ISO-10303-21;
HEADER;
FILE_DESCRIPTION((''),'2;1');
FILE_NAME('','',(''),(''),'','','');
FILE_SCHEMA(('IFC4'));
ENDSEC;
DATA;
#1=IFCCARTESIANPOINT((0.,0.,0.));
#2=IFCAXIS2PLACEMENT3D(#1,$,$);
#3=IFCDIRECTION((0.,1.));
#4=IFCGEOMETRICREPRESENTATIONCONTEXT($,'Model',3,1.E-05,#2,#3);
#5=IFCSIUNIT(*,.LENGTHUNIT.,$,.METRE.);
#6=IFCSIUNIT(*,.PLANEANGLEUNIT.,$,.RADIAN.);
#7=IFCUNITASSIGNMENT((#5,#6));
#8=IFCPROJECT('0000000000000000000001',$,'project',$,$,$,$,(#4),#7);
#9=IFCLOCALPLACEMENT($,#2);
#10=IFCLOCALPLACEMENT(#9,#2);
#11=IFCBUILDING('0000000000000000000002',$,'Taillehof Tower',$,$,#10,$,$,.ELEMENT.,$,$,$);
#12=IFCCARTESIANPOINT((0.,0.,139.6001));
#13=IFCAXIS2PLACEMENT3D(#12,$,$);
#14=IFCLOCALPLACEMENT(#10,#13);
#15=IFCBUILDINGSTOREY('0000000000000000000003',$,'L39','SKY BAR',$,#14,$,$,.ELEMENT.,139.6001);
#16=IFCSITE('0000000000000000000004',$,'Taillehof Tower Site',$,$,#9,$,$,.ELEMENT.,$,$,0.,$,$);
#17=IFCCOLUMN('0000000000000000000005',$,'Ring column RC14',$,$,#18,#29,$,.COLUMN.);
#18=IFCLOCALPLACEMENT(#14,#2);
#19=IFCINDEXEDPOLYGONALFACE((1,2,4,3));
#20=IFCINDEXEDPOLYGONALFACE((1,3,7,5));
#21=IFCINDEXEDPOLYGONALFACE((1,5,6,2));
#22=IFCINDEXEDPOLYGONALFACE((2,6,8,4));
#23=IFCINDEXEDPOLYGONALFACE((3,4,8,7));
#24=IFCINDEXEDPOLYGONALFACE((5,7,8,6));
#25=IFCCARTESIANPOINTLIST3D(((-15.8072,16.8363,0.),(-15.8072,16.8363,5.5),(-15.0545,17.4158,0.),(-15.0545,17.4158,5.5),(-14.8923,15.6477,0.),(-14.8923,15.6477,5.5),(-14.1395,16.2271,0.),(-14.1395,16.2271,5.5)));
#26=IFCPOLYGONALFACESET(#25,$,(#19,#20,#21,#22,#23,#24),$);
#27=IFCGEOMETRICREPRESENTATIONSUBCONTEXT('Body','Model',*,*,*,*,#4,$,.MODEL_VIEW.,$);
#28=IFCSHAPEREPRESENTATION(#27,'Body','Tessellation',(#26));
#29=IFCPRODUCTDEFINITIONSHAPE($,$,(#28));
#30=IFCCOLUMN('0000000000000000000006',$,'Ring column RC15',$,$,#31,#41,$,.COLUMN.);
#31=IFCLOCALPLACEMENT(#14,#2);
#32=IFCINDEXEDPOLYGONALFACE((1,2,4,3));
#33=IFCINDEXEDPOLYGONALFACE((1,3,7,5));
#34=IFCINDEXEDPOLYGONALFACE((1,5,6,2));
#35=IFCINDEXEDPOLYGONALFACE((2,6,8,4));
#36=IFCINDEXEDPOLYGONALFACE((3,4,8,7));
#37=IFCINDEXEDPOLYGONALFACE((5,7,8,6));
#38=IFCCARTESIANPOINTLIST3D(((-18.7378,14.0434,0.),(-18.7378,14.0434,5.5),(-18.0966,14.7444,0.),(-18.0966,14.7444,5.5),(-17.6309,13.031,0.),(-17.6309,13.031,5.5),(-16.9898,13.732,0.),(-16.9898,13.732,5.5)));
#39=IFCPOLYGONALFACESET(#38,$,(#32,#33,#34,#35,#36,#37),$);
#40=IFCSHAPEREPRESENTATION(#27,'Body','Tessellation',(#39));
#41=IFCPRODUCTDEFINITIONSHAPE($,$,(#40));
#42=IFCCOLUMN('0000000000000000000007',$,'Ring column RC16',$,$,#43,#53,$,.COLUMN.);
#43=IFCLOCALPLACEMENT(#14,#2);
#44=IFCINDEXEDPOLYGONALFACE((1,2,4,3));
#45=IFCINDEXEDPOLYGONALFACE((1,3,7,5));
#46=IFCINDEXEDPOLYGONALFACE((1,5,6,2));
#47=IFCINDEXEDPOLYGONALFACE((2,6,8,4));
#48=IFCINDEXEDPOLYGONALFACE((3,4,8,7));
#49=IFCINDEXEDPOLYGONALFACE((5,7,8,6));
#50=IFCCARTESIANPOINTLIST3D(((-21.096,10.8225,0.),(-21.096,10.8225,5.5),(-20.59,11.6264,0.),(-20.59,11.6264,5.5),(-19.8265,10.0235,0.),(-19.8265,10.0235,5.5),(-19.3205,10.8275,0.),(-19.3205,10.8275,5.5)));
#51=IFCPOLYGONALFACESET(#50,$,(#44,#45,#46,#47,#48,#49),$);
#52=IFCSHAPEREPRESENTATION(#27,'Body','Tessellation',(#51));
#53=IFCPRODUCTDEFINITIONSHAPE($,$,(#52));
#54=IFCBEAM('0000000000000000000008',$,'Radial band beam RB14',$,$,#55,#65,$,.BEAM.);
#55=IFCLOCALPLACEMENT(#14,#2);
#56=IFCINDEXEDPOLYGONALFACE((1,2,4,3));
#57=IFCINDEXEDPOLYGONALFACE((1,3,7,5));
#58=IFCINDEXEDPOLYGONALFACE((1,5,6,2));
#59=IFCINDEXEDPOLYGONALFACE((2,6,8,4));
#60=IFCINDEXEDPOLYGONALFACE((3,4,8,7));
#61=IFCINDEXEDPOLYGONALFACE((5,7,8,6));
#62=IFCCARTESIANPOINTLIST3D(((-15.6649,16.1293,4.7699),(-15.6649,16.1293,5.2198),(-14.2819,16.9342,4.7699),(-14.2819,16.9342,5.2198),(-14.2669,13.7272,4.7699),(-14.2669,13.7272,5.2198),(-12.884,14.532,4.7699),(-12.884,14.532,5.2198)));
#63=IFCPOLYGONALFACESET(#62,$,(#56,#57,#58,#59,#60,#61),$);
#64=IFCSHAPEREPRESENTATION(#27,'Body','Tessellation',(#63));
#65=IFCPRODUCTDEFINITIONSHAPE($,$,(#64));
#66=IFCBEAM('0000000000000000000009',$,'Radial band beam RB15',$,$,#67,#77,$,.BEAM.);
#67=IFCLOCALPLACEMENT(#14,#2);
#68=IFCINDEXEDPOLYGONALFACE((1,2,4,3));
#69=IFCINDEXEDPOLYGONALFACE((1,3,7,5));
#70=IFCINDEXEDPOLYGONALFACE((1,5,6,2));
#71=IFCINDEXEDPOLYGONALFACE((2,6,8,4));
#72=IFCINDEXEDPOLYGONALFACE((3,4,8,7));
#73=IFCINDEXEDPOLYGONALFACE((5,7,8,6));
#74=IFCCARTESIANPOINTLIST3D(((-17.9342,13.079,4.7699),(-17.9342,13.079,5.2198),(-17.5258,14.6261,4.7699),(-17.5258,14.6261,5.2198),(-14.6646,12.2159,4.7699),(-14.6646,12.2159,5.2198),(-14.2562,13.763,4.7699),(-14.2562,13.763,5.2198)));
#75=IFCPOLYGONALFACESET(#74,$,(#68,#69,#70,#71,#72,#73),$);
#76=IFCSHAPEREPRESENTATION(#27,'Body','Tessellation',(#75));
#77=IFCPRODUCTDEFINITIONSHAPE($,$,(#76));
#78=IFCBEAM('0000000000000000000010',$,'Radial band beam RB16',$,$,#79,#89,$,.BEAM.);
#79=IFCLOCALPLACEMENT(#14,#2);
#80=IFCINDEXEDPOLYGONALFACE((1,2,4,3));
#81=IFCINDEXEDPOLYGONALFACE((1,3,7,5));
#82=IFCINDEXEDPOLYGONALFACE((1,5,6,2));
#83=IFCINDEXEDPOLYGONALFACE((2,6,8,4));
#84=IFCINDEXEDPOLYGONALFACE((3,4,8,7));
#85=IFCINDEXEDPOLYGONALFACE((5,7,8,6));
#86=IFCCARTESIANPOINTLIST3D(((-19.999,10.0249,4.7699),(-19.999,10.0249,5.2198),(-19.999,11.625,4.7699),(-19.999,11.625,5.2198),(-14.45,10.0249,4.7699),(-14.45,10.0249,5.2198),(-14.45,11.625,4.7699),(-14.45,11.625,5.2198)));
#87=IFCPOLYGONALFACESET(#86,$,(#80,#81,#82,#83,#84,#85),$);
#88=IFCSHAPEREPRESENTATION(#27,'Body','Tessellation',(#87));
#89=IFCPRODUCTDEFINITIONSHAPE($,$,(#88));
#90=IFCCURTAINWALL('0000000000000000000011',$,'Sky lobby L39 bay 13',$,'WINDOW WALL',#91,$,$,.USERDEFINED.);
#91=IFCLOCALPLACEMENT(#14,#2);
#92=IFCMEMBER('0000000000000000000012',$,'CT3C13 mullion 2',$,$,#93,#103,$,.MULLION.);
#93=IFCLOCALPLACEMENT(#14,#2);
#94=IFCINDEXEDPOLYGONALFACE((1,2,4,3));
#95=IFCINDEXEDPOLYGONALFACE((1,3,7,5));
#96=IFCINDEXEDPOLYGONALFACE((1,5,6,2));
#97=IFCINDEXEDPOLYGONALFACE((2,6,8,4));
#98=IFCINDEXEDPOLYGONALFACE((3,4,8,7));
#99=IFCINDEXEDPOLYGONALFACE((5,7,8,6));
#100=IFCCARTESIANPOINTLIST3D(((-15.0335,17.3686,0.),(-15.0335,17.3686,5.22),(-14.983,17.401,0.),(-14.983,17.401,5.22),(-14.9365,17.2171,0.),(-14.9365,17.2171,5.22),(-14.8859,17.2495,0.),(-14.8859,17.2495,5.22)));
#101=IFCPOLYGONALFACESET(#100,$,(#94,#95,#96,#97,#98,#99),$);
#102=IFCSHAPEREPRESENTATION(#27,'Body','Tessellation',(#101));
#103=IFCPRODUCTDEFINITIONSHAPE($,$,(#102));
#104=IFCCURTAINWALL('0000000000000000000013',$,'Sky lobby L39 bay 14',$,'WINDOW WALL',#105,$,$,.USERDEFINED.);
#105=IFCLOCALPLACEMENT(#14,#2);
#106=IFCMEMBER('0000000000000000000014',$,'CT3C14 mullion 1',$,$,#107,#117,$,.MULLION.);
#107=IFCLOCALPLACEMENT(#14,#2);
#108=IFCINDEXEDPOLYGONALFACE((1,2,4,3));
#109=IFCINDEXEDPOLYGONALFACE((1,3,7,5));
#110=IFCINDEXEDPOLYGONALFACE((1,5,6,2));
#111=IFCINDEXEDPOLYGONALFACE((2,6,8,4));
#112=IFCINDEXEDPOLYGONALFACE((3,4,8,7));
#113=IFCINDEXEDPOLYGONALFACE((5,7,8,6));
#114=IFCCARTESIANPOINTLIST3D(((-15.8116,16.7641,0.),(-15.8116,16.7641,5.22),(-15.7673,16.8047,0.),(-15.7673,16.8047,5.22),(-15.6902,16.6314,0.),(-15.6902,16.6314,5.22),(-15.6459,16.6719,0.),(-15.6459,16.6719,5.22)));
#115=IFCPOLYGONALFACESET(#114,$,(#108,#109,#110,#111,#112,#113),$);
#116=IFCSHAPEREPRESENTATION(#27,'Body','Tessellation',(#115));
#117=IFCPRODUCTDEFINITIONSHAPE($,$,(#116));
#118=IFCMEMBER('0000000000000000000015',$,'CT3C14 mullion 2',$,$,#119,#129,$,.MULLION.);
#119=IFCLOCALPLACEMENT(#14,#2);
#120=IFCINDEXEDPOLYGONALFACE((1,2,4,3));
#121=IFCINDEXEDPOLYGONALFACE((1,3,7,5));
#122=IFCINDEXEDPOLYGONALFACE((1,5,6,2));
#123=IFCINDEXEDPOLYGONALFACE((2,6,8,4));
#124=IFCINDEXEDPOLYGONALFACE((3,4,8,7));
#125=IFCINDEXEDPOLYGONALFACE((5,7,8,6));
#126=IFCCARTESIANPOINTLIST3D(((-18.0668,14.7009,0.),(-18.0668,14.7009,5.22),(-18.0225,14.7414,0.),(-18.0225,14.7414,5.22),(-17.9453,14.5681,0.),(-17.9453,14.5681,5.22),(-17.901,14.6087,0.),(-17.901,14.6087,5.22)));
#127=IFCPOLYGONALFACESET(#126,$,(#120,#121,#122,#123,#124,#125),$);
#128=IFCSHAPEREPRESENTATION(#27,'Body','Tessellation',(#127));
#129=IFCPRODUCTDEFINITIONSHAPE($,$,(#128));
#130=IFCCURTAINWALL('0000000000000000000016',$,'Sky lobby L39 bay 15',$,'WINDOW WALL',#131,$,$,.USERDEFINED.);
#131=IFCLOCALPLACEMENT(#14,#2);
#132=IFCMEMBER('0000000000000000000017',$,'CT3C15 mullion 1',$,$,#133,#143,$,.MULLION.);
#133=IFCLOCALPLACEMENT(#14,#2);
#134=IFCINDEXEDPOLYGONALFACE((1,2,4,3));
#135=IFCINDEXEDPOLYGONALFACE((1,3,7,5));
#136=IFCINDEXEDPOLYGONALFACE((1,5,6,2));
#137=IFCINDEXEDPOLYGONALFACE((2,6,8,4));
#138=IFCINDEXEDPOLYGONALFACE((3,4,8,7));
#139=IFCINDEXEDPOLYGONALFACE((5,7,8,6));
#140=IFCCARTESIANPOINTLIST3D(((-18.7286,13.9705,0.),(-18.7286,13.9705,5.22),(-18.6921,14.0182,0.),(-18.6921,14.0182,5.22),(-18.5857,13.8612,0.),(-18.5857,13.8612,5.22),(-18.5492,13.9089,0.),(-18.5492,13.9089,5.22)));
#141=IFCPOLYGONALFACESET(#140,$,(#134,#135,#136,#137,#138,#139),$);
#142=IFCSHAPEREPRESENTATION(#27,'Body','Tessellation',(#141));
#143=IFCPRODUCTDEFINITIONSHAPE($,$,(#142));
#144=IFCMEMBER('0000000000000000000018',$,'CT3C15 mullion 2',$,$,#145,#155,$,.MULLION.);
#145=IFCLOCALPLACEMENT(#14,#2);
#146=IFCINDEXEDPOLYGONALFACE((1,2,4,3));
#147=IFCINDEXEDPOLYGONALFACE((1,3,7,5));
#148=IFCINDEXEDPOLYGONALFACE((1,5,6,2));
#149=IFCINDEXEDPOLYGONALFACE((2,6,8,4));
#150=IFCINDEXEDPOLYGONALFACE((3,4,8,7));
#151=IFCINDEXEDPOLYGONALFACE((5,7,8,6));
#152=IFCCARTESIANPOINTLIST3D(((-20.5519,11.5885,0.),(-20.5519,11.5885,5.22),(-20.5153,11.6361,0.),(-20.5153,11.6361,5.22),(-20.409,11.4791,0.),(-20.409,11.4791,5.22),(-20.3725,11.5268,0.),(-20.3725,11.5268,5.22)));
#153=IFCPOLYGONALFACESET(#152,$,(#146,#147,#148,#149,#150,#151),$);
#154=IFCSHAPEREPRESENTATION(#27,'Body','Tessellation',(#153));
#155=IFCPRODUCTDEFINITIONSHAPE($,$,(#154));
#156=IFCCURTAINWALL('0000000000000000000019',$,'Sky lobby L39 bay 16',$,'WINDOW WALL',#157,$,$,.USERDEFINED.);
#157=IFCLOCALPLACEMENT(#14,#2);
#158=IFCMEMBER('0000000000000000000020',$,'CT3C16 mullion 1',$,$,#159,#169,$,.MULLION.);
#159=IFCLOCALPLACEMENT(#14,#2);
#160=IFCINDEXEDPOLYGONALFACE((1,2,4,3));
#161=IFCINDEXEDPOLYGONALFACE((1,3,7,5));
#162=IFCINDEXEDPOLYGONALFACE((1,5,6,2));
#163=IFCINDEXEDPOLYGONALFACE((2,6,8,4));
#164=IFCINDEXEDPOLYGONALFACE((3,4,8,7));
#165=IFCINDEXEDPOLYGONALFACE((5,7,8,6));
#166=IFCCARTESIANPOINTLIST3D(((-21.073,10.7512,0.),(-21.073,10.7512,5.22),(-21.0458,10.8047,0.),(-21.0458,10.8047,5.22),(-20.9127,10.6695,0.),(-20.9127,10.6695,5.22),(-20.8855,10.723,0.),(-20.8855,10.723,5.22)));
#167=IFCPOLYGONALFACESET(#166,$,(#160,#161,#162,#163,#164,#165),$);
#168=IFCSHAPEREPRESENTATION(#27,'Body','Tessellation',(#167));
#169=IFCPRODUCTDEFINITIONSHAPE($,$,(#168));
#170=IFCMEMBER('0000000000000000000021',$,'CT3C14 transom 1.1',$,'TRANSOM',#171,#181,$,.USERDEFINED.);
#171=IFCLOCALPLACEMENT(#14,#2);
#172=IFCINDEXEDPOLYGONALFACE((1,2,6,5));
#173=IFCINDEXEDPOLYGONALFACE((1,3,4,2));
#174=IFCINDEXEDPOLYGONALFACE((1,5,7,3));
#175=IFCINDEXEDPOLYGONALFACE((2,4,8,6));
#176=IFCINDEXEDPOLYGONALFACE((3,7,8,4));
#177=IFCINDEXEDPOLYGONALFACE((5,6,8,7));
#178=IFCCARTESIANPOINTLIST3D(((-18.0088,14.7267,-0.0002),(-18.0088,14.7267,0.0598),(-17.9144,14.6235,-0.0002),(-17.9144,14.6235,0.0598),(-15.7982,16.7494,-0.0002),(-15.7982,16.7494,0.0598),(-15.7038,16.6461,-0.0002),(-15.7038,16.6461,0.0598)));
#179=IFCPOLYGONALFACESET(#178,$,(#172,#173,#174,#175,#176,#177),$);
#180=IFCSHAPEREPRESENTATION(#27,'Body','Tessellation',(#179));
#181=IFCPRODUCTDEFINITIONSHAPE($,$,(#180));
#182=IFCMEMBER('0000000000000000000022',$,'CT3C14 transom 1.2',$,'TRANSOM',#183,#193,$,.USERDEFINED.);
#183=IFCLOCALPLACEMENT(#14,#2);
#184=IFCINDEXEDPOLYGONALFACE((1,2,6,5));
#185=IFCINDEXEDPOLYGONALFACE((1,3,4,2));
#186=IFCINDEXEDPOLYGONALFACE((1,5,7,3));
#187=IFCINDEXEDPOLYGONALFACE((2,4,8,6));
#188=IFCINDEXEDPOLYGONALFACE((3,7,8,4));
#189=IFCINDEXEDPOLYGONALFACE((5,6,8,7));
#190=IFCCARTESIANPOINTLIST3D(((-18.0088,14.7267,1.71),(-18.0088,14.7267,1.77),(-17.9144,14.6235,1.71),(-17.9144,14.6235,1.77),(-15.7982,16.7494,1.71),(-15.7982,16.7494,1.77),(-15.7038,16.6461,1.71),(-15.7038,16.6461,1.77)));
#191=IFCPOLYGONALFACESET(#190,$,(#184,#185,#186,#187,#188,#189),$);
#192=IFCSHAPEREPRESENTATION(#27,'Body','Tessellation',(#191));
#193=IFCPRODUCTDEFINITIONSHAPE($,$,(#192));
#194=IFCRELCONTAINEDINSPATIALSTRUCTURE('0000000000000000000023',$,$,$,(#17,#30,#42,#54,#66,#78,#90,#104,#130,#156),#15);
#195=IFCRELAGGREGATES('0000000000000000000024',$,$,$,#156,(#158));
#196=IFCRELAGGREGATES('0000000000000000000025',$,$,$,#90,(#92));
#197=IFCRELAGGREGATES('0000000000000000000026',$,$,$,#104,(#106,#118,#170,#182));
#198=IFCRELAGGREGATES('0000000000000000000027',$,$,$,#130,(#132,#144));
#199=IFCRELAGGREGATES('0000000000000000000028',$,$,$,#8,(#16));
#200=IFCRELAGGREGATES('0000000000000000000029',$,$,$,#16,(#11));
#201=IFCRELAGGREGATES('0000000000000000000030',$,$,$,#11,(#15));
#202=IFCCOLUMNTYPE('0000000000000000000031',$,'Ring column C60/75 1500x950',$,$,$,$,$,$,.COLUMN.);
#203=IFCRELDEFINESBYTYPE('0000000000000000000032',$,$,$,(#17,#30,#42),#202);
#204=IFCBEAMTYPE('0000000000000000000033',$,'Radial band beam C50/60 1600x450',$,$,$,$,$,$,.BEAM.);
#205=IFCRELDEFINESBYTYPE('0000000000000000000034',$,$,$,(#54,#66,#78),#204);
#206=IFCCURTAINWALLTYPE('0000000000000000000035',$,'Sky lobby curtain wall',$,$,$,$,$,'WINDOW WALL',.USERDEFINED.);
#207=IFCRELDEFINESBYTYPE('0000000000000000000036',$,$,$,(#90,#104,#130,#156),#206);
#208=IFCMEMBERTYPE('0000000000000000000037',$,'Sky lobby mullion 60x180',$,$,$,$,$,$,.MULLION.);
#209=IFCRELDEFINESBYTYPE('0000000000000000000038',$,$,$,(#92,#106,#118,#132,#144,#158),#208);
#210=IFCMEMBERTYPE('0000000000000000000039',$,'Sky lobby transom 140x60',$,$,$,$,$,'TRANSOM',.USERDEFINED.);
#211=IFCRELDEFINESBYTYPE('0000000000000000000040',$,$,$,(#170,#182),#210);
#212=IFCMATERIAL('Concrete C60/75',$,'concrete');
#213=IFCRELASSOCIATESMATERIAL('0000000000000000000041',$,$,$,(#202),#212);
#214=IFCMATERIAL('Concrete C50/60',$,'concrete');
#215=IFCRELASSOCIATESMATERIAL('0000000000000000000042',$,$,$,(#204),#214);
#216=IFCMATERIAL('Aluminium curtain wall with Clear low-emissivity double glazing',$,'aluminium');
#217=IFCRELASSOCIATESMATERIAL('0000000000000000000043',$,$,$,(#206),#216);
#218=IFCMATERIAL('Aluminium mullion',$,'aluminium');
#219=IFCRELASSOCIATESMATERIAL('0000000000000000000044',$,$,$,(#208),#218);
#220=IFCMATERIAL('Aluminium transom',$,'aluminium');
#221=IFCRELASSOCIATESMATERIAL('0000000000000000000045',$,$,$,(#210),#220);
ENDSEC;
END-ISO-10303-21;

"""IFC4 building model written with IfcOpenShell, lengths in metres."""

from ifc_helpers import new_model, si_unit, direction, frame, origin, origin_2d, place, context, subcontext, project, spatial, rectangle, extrude, material, material_profile, profile_set, type_object, element, aggregate, save


model = new_model("IFC4")

# Units and contexts
model_context = context("Model", 3, precision=1e-05, world=origin(), true_north=direction((0.0, 1.0)))
body_context = subcontext(model_context, "Body", "Model", "MODEL_VIEW")
ifc_project = project(units=[si_unit("LENGTHUNIT", "METRE"), si_unit("PLANEANGLEUNIT", "RADIAN")], contexts=[model_context])

# Site, building, storey
site_placement = place(None, origin())
site = spatial("IfcSite", under=ifc_project, at=site_placement, Name="Taillehof Tower Site", CompositionType="ELEMENT", RefElevation=0.0)
building_placement = place(site_placement, origin())
building = spatial("IfcBuilding", under=site, at=building_placement, Name="Taillehof Tower", CompositionType="ELEMENT")
storey_placement = place(building_placement, frame((0.0, 0.0, 139.6001)))
storey = spatial("IfcBuildingStorey", under=building, at=storey_placement, Name="L39", Description="SKY BAR", CompositionType="ELEMENT", Elevation=139.6001)

# Columns
ifc_material_1 = material(Name="Concrete C60/75", Category="concrete")
ifc_material_profile_1 = material_profile(ifc_material_1, rectangle(XDim=1.5, YDim=0.95, at=origin_2d()), Name="RC 1500x950")
ifc_profile_set_1 = profile_set([ifc_material_profile_1], Name="Concrete C60/75")
column_type = type_object("IfcColumnType", Name="Ring column C60/75 1500x950", PredefinedType="COLUMN", material=ifc_profile_set_1)
for number, where, z_axis, x_axis, name in (
    (1, (-14.9734, 16.5317, 0.0), (0.0, 0.0, 1.0), (-0.609971, 0.792424, 0.0), "Ring column RC14"),
    (2, (-17.8638, 13.8877, 0.0), (0.0, 0.0, 1.0), (-0.737879, 0.674933, 0.0), "Ring column RC15"),
    (3, (-20.2083, 10.825, 0.0), (0.0, 0.0, 1.0), (-0.846334, 0.532652, 0.0), "Ring column RC16"),
):
    element("IfcColumn", number, at=place(storey_placement, frame(where, z_axis=z_axis, x_axis=x_axis)), inside=storey, type_object=column_type, Name=name, PredefinedType="COLUMN", context=body_context, shape_type="SweptSolid", body=[
        extrude(rectangle(XDim=1.5, YDim=0.95, at=origin_2d()), origin(), (0.0, 0.0, 1.0), 5.5),
    ])

# Beams
ifc_material_2 = material(Name="Concrete C50/60", Category="concrete")
ifc_material_profile_2 = material_profile(ifc_material_2, rectangle(XDim=1.6001, YDim=0.45, at=origin_2d()), Name="RC 1600x450")
ifc_profile_set_2 = profile_set([ifc_material_profile_2], Name="Concrete C50/60")
beam_type_1 = type_object("IfcBeamType", Name="Radial band beam C50/60 1600x450", PredefinedType="BEAM", material=ifc_profile_set_2)
beam_1_placement = place(storey_placement, frame((-14.9734, 16.5317, 4.9949), z_axis=(0.502991, -0.864291, 0.0), x_axis=(0.864291, 0.502991, 0.0)))
element("IfcBeam", 4, at=beam_1_placement, inside=storey, type_object=beam_type_1, Name="Radial band beam RB14", PredefinedType="BEAM", context=body_context, shape_type="SweptSolid", body=[
    extrude(rectangle(XDim=1.6001, YDim=0.45, at=origin_2d()), origin(), (0.0, 0.0, 1.0), 2.7793),
])
beam_2_placement = place(storey_placement, frame((-17.73, 13.8525, 4.9949), z_axis=(0.966883, -0.255222, 0.0), x_axis=(0.255222, 0.966883, 0.0)))
element("IfcBeam", 5, at=beam_2_placement, inside=storey, type_object=beam_type_1, Name="Radial band beam RB15", PredefinedType="BEAM", context=body_context, shape_type="SweptSolid", body=[
    extrude(rectangle(XDim=1.6001, YDim=0.45, at=origin_2d()), origin(), (0.0, 0.0, 1.0), 3.3816),
])
beam_3_placement = place(storey_placement, frame((-19.999, 10.825, 4.9949), z_axis=(1.0, 0.0, 0.0), x_axis=(0.0, 1.0, 0.0)))
element("IfcBeam", 6, at=beam_3_placement, inside=storey, type_object=beam_type_1, Name="Radial band beam RB16", PredefinedType="BEAM", context=body_context, shape_type="SweptSolid", body=[
    extrude(rectangle(XDim=1.6001, YDim=0.45, at=origin_2d()), origin(), (0.0, 0.0, 1.0), 5.5491),
])

# Curtain wall, member
ifc_material_3 = material(Name="Aluminium curtain wall with Clear low-emissivity double glazing", Category="aluminium")
curtain_wall_type = type_object("IfcCurtainWallType", Name="Sky lobby curtain wall", ElementType="WINDOW WALL", PredefinedType="USERDEFINED", material=ifc_material_3)
curtain_wall_1_placement = place(storey_placement, origin())
curtain_wall_1 = element("IfcCurtainWall", 7, at=curtain_wall_1_placement, inside=storey, type_object=curtain_wall_type, Name="Sky lobby L39 bay 13", ObjectType="WINDOW WALL", PredefinedType="USERDEFINED")
ifc_material_4 = material(Name="Aluminium mullion", Category="aluminium")
ifc_material_profile_3 = material_profile(ifc_material_4, rectangle(XDim=0.1799, YDim=0.0601, at=origin_2d()), Name="AL 60x180")
ifc_profile_set_3 = profile_set([ifc_material_profile_3], Name="Aluminium mullion")
member_type_1 = type_object("IfcMemberType", Name="Sky lobby mullion 60x180", PredefinedType="MULLION", material=ifc_profile_set_3)
member_1_placement = place(storey_placement, frame((-14.9597, 17.3091, 0.0), z_axis=(0.0, 0.0, 1.0), x_axis=(0.539394, -0.842053, 0.0)))
member_1 = element("IfcMember", 8, at=member_1_placement, type_object=member_type_1, Name="CT3C13 mullion 2", PredefinedType="MULLION", context=body_context, shape_type="SweptSolid", body=[
    extrude(rectangle(XDim=0.1799, YDim=0.0601, at=origin_2d()), origin(), (0.0, 0.0, 1.0), 5.22),
])

# Curtain walls, members
curtain_wall_2_placement = place(storey_placement, origin())
curtain_wall_2 = element("IfcCurtainWall", 9, at=curtain_wall_2_placement, inside=storey, type_object=curtain_wall_type, Name="Sky lobby L39 bay 14", ObjectType="WINDOW WALL", PredefinedType="USERDEFINED")
member_2_placement = place(storey_placement, frame((-15.7288, 16.718, 0.0), z_axis=(0.0, 0.0, 1.0), x_axis=(0.67499, -0.737827, 0.0)))
member_2 = element("IfcMember", 10, at=member_2_placement, type_object=member_type_1, Name="CT3C14 mullion 1", PredefinedType="MULLION", context=body_context, shape_type="SweptSolid", body=[
    extrude(rectangle(XDim=0.1799, YDim=0.0601, at=origin_2d()), origin(), (0.0, 0.0, 1.0), 5.22),
])
member_3_placement = place(storey_placement, frame((-17.9839, 14.6548, 0.0), z_axis=(0.0, 0.0, 1.0), x_axis=(0.67499, -0.737827, 0.0)))
member_3 = element("IfcMember", 11, at=member_3_placement, type_object=member_type_1, Name="CT3C14 mullion 2", PredefinedType="MULLION", context=body_context, shape_type="SweptSolid", body=[
    extrude(rectangle(XDim=0.1799, YDim=0.0601, at=origin_2d()), origin(), (0.0, 0.0, 1.0), 5.22),
])
curtain_wall_3_placement = place(storey_placement, origin())
curtain_wall_3 = element("IfcCurtainWall", 12, at=curtain_wall_3_placement, inside=storey, type_object=curtain_wall_type, Name="Sky lobby L39 bay 15", ObjectType="WINDOW WALL", PredefinedType="USERDEFINED")
member_4_placement = place(storey_placement, frame((-18.6389, 13.9397, 0.0), z_axis=(0.0, 0.0, 1.0), x_axis=(0.794097, -0.607791, 0.0)))
member_4 = element("IfcMember", 13, at=member_4_placement, type_object=member_type_1, Name="CT3C15 mullion 1", PredefinedType="MULLION", context=body_context, shape_type="SweptSolid", body=[
    extrude(rectangle(XDim=0.1799, YDim=0.0601, at=origin_2d()), origin(), (0.0, 0.0, 1.0), 5.22),
])
member_5_placement = place(storey_placement, frame((-20.4622, 11.5576, 0.0), z_axis=(0.0, 0.0, 1.0), x_axis=(0.794097, -0.607791, 0.0)))
member_5 = element("IfcMember", 14, at=member_5_placement, type_object=member_type_1, Name="CT3C15 mullion 2", PredefinedType="MULLION", context=body_context, shape_type="SweptSolid", body=[
    extrude(rectangle(XDim=0.1799, YDim=0.0601, at=origin_2d()), origin(), (0.0, 0.0, 1.0), 5.22),
])

# Curtain wall, member
curtain_wall_4_placement = place(storey_placement, origin())
curtain_wall_4 = element("IfcCurtainWall", 15, at=curtain_wall_4_placement, inside=storey, type_object=curtain_wall_type, Name="Sky lobby L39 bay 16", ObjectType="WINDOW WALL", PredefinedType="USERDEFINED")
member_6_placement = place(storey_placement, frame((-20.9792, 10.7371, 0.0), z_axis=(0.0, 0.0, 1.0), x_axis=(0.89094, -0.454121, 0.0)))
member_6 = element("IfcMember", 16, at=member_6_placement, type_object=member_type_1, Name="CT3C16 mullion 1", PredefinedType="MULLION", context=body_context, shape_type="SweptSolid", body=[
    extrude(rectangle(XDim=0.1799, YDim=0.0601, at=origin_2d()), origin(), (0.0, 0.0, 1.0), 5.22),
])

# Members
ifc_material_5 = material(Name="Aluminium transom", Category="aluminium")
ifc_material_profile_4 = material_profile(ifc_material_5, rectangle(XDim=0.1399, YDim=0.0601, at=origin_2d()), Name="AL 140x60")
ifc_profile_set_4 = profile_set([ifc_material_profile_4], Name="Aluminium transom")
member_type_2 = type_object("IfcMemberType", Name="Sky lobby transom 140x60", ElementType="TRANSOM", PredefinedType="USERDEFINED", material=ifc_profile_set_4)
member_7_placement = place(storey_placement, frame((-15.751, 16.6978, 0.0298), z_axis=(-0.73778, -0.675042, 0.0), x_axis=(0.675042, -0.73778, 0.0)))
member_7 = element("IfcMember", 17, at=member_7_placement, type_object=member_type_2, Name="CT3C14 transom 1.1", ObjectType="TRANSOM", PredefinedType="USERDEFINED", context=body_context, shape_type="SweptSolid", body=[
    extrude(rectangle(XDim=0.1399, YDim=0.0601, at=origin_2d()), origin(), (0.0, 0.0, 1.0), 2.9963),
])
member_8_placement = place(storey_placement, frame((-15.751, 16.6978, 1.74), z_axis=(-0.73778, -0.675042, 0.0), x_axis=(0.675042, -0.73778, 0.0)))
member_8 = element("IfcMember", 18, at=member_8_placement, type_object=member_type_2, Name="CT3C14 transom 1.2", ObjectType="TRANSOM", PredefinedType="USERDEFINED", context=body_context, shape_type="SweptSolid", body=[
    extrude(rectangle(XDim=0.1399, YDim=0.0601, at=origin_2d()), origin(), (0.0, 0.0, 1.0), 2.9963),
])
aggregate(curtain_wall_4, [member_6])

aggregate(curtain_wall_1, [member_1])
aggregate(curtain_wall_2, [member_2, member_3, member_7, member_8])
aggregate(curtain_wall_3, [member_4, member_5])

save(model, "model.ifc")
